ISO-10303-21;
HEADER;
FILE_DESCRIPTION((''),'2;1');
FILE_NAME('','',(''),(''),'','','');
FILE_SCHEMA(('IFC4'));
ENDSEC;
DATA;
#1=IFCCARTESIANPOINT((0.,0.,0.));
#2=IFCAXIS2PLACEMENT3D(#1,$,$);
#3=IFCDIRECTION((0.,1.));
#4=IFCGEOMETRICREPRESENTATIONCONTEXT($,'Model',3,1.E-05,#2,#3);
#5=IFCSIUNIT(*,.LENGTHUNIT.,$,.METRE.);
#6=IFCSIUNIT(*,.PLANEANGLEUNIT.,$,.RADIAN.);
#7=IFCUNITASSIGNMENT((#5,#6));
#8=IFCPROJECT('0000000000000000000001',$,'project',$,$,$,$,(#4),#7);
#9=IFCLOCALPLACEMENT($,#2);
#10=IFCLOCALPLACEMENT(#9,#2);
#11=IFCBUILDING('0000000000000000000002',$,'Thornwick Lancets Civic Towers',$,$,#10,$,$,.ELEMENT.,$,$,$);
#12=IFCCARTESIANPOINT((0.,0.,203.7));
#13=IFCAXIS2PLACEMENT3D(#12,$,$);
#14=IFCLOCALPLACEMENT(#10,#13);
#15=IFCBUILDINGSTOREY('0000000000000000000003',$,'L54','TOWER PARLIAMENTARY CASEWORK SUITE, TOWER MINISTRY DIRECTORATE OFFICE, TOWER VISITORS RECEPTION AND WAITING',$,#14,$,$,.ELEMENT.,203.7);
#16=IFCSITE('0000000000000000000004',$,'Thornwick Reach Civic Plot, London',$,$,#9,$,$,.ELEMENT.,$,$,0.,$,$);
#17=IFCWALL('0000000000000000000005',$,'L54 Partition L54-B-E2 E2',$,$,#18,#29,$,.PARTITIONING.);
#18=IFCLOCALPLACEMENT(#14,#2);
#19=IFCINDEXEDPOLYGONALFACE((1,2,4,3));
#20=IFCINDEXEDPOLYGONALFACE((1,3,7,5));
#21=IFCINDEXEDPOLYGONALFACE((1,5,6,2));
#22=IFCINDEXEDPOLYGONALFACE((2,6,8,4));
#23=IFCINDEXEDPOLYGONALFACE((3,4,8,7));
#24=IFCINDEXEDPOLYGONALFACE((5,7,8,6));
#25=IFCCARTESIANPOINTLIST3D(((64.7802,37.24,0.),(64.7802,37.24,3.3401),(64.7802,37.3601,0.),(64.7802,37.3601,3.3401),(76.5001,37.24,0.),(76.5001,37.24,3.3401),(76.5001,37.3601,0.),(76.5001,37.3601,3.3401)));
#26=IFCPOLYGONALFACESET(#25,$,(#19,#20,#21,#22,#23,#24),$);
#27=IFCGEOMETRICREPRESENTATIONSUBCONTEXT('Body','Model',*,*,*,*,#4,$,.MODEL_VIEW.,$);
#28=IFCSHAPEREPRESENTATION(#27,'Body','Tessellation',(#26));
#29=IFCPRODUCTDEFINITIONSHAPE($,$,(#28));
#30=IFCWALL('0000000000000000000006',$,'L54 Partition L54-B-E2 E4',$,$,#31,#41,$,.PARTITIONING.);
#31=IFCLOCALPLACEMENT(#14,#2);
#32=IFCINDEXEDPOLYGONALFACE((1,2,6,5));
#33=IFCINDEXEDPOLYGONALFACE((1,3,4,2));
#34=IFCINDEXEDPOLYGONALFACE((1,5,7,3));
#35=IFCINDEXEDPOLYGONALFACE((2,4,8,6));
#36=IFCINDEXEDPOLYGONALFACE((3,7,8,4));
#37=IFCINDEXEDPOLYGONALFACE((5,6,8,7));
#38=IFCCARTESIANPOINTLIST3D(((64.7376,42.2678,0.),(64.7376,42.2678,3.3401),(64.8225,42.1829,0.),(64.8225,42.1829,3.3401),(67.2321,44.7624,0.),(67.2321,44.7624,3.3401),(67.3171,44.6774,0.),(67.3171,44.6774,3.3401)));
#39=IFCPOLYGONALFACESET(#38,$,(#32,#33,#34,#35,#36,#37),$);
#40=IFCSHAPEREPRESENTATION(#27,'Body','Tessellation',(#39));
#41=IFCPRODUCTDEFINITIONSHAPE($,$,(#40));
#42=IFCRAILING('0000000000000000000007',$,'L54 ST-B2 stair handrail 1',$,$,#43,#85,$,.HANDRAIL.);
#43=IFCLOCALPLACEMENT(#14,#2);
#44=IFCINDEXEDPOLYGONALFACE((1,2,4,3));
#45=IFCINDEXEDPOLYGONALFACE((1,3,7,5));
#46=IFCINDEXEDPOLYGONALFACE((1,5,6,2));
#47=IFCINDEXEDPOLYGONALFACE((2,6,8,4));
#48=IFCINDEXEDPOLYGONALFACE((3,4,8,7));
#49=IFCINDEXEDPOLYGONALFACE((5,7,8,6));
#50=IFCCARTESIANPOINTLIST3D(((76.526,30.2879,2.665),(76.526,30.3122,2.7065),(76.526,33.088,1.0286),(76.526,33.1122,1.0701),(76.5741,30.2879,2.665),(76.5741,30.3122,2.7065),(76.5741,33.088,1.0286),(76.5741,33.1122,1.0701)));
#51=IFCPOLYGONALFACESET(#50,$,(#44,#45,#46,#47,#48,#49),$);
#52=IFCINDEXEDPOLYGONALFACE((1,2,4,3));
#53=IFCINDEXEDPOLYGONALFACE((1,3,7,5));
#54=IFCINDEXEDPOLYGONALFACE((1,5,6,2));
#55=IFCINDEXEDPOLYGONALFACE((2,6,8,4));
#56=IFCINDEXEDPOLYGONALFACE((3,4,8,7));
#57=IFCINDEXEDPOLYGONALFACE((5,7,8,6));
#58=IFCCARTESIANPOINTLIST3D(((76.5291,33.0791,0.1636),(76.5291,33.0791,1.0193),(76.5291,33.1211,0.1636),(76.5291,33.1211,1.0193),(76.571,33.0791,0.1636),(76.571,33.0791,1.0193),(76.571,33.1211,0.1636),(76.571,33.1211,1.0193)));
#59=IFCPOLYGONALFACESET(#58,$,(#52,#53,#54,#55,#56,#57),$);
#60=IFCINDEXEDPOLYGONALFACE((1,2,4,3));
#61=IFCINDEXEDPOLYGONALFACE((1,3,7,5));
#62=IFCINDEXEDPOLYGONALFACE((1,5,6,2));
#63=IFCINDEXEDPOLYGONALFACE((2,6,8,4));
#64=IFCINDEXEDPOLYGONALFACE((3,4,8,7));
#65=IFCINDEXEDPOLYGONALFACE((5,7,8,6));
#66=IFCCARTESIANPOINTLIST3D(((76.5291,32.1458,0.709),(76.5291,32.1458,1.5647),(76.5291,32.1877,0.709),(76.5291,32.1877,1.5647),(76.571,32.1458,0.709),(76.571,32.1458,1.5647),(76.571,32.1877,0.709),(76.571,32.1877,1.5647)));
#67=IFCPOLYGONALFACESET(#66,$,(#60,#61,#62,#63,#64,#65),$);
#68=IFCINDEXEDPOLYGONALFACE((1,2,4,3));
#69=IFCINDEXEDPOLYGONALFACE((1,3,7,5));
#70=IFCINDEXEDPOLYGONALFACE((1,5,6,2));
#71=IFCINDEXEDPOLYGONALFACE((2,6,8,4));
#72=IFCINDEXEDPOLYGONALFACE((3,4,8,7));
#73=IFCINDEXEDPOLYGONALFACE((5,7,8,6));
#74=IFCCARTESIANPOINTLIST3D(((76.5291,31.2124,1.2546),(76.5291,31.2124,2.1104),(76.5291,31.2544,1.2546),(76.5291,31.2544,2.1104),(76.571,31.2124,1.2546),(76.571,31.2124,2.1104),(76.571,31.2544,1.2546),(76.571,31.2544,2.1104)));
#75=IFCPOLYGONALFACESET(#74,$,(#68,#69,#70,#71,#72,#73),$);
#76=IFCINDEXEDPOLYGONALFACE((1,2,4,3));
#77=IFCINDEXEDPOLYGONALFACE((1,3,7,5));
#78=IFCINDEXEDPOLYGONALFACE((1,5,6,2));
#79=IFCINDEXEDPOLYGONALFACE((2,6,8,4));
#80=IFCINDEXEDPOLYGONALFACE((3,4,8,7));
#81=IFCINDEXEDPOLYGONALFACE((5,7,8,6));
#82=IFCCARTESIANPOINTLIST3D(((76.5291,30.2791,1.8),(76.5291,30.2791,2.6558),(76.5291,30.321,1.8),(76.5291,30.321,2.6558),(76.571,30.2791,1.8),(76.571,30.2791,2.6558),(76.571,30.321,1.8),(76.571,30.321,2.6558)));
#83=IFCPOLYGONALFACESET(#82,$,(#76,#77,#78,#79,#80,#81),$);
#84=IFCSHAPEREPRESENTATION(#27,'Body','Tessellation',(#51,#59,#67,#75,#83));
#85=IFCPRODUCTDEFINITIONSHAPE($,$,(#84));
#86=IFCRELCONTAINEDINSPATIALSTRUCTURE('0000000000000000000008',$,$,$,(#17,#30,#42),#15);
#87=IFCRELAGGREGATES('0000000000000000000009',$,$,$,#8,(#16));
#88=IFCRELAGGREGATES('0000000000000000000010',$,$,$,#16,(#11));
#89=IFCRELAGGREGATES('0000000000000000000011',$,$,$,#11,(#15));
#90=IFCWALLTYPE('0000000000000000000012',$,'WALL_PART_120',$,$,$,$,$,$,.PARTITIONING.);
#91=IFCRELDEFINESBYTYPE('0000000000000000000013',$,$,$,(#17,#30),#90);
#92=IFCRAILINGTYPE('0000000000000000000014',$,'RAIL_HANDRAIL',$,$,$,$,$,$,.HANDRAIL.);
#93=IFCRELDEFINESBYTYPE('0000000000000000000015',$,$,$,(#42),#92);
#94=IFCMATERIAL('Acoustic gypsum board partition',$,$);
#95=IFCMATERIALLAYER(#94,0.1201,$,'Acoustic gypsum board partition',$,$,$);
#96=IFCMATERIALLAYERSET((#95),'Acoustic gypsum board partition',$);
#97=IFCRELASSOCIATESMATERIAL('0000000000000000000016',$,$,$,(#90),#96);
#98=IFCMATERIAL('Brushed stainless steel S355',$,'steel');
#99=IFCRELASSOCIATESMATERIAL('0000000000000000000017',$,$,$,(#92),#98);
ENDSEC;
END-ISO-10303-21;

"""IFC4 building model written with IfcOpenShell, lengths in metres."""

from ifc_helpers import new_model, si_unit, direction, frame, frame_2d, origin, origin_2d, place, context, subcontext, project, spatial, rectangle, extrude, material, layer, layer_set, type_object, element, save


model = new_model("IFC4")

# Units and contexts
model_context = context("Model", 3, precision=1e-05, world=origin(), true_north=direction((0.0, 1.0)))
body_context = subcontext(model_context, "Body", "Model", "MODEL_VIEW")
ifc_project = project(units=[si_unit("LENGTHUNIT", "METRE"), si_unit("PLANEANGLEUNIT", "RADIAN")], contexts=[model_context])

# Site, building, storey
site_placement = place(None, origin())
site = spatial("IfcSite", under=ifc_project, at=site_placement, Name="Thornwick Reach Civic Plot, London", CompositionType="ELEMENT", RefElevation=0.0)
building_placement = place(site_placement, origin())
building = spatial("IfcBuilding", under=site, at=building_placement, Name="Thornwick Lancets Civic Towers", CompositionType="ELEMENT")
storey_placement = place(building_placement, frame((0.0, 0.0, 203.7)))
storey = spatial("IfcBuildingStorey", under=building, at=storey_placement, Name="L54", Description="TOWER PARLIAMENTARY CASEWORK SUITE, TOWER MINISTRY DIRECTORATE OFFICE, TOWER VISITORS RECEPTION AND WAITING", CompositionType="ELEMENT", Elevation=203.7)

# Walls
ifc_material_1 = material(Name="Acoustic gypsum board partition")
ifc_layer_1 = layer(ifc_material_1, 0.1201, Name="Acoustic gypsum board partition")
ifc_layer_set_1 = layer_set([ifc_layer_1], Name="Acoustic gypsum board partition")
wall_type_1 = type_object("IfcWallType", Name="WALL_PART_120", PredefinedType="PARTITIONING", material=ifc_layer_set_1)
wall_1_placement = place(storey_placement, frame((76.5, 37.3, 0.0), z_axis=(0.0, 0.0, 1.0), x_axis=(-1.0, 0.0, 0.0)))
element("IfcWall", 1, at=wall_1_placement, inside=storey, type_object=wall_type_1, Name="L54 Partition L54-B-E2 E2", PredefinedType="PARTITIONING", context=body_context, shape_type="SweptSolid", body=[
    extrude(rectangle(XDim=11.72, YDim=0.1201, at=frame_2d((5.8599, 0.0))), origin(), (0.0, 0.0, 1.0), 3.3401),
])
wall_2_placement = place(storey_placement, frame((64.78, 42.2253, 0.0), z_axis=(0.0, 0.0, 1.0), x_axis=(0.707107, 0.707107, 0.0)))
element("IfcWall", 2, at=wall_2_placement, inside=storey, type_object=wall_type_1, Name="L54 Partition L54-B-E2 E4", PredefinedType="PARTITIONING", context=body_context, shape_type="SweptSolid", body=[
    extrude(rectangle(XDim=3.5278, YDim=0.1201, at=frame_2d((1.7639, 0.0))), origin(), (0.0, 0.0, 1.0), 3.3401),
])

# Railing
ifc_material_2 = material(Name="Brushed stainless steel S355", Category="steel")
railing_type = type_object("IfcRailingType", Name="RAIL_HANDRAIL", PredefinedType="HANDRAIL", material=ifc_material_2)
railing_placement = place(storey_placement, frame((76.55, 33.1001, 0.1636)))
element("IfcRailing", 3, at=railing_placement, inside=storey, type_object=railing_type, Name="L54 ST-B2 stair handrail 1", PredefinedType="HANDRAIL", context=body_context, shape_type="SweptSolid", body=[
    extrude(rectangle(XDim=0.0481, YDim=0.0481, at=origin_2d()), frame((0.0, 0.0, 0.8857), z_axis=(0.0, -0.863361, 0.504587), x_axis=(1.0, 0.0, 0.0)), (0.0, 0.0, 1.0), 3.2432),
    extrude(rectangle(XDim=0.042, YDim=0.042, at=origin_2d()), origin(), (0.0, 0.0, 1.0), 0.8557),
    extrude(rectangle(XDim=0.042, YDim=0.042, at=origin_2d()), frame((0.0, -0.9333, 0.5454)), (0.0, 0.0, 1.0), 0.8557),
    extrude(rectangle(XDim=0.042, YDim=0.042, at=origin_2d()), frame((0.0, -1.8667, 1.0911)), (0.0, 0.0, 1.0), 0.8557),
    extrude(rectangle(XDim=0.042, YDim=0.042, at=origin_2d()), frame((0.0, -2.8, 1.6365)), (0.0, 0.0, 1.0), 0.8557),
])

save(model, "model.ifc")
